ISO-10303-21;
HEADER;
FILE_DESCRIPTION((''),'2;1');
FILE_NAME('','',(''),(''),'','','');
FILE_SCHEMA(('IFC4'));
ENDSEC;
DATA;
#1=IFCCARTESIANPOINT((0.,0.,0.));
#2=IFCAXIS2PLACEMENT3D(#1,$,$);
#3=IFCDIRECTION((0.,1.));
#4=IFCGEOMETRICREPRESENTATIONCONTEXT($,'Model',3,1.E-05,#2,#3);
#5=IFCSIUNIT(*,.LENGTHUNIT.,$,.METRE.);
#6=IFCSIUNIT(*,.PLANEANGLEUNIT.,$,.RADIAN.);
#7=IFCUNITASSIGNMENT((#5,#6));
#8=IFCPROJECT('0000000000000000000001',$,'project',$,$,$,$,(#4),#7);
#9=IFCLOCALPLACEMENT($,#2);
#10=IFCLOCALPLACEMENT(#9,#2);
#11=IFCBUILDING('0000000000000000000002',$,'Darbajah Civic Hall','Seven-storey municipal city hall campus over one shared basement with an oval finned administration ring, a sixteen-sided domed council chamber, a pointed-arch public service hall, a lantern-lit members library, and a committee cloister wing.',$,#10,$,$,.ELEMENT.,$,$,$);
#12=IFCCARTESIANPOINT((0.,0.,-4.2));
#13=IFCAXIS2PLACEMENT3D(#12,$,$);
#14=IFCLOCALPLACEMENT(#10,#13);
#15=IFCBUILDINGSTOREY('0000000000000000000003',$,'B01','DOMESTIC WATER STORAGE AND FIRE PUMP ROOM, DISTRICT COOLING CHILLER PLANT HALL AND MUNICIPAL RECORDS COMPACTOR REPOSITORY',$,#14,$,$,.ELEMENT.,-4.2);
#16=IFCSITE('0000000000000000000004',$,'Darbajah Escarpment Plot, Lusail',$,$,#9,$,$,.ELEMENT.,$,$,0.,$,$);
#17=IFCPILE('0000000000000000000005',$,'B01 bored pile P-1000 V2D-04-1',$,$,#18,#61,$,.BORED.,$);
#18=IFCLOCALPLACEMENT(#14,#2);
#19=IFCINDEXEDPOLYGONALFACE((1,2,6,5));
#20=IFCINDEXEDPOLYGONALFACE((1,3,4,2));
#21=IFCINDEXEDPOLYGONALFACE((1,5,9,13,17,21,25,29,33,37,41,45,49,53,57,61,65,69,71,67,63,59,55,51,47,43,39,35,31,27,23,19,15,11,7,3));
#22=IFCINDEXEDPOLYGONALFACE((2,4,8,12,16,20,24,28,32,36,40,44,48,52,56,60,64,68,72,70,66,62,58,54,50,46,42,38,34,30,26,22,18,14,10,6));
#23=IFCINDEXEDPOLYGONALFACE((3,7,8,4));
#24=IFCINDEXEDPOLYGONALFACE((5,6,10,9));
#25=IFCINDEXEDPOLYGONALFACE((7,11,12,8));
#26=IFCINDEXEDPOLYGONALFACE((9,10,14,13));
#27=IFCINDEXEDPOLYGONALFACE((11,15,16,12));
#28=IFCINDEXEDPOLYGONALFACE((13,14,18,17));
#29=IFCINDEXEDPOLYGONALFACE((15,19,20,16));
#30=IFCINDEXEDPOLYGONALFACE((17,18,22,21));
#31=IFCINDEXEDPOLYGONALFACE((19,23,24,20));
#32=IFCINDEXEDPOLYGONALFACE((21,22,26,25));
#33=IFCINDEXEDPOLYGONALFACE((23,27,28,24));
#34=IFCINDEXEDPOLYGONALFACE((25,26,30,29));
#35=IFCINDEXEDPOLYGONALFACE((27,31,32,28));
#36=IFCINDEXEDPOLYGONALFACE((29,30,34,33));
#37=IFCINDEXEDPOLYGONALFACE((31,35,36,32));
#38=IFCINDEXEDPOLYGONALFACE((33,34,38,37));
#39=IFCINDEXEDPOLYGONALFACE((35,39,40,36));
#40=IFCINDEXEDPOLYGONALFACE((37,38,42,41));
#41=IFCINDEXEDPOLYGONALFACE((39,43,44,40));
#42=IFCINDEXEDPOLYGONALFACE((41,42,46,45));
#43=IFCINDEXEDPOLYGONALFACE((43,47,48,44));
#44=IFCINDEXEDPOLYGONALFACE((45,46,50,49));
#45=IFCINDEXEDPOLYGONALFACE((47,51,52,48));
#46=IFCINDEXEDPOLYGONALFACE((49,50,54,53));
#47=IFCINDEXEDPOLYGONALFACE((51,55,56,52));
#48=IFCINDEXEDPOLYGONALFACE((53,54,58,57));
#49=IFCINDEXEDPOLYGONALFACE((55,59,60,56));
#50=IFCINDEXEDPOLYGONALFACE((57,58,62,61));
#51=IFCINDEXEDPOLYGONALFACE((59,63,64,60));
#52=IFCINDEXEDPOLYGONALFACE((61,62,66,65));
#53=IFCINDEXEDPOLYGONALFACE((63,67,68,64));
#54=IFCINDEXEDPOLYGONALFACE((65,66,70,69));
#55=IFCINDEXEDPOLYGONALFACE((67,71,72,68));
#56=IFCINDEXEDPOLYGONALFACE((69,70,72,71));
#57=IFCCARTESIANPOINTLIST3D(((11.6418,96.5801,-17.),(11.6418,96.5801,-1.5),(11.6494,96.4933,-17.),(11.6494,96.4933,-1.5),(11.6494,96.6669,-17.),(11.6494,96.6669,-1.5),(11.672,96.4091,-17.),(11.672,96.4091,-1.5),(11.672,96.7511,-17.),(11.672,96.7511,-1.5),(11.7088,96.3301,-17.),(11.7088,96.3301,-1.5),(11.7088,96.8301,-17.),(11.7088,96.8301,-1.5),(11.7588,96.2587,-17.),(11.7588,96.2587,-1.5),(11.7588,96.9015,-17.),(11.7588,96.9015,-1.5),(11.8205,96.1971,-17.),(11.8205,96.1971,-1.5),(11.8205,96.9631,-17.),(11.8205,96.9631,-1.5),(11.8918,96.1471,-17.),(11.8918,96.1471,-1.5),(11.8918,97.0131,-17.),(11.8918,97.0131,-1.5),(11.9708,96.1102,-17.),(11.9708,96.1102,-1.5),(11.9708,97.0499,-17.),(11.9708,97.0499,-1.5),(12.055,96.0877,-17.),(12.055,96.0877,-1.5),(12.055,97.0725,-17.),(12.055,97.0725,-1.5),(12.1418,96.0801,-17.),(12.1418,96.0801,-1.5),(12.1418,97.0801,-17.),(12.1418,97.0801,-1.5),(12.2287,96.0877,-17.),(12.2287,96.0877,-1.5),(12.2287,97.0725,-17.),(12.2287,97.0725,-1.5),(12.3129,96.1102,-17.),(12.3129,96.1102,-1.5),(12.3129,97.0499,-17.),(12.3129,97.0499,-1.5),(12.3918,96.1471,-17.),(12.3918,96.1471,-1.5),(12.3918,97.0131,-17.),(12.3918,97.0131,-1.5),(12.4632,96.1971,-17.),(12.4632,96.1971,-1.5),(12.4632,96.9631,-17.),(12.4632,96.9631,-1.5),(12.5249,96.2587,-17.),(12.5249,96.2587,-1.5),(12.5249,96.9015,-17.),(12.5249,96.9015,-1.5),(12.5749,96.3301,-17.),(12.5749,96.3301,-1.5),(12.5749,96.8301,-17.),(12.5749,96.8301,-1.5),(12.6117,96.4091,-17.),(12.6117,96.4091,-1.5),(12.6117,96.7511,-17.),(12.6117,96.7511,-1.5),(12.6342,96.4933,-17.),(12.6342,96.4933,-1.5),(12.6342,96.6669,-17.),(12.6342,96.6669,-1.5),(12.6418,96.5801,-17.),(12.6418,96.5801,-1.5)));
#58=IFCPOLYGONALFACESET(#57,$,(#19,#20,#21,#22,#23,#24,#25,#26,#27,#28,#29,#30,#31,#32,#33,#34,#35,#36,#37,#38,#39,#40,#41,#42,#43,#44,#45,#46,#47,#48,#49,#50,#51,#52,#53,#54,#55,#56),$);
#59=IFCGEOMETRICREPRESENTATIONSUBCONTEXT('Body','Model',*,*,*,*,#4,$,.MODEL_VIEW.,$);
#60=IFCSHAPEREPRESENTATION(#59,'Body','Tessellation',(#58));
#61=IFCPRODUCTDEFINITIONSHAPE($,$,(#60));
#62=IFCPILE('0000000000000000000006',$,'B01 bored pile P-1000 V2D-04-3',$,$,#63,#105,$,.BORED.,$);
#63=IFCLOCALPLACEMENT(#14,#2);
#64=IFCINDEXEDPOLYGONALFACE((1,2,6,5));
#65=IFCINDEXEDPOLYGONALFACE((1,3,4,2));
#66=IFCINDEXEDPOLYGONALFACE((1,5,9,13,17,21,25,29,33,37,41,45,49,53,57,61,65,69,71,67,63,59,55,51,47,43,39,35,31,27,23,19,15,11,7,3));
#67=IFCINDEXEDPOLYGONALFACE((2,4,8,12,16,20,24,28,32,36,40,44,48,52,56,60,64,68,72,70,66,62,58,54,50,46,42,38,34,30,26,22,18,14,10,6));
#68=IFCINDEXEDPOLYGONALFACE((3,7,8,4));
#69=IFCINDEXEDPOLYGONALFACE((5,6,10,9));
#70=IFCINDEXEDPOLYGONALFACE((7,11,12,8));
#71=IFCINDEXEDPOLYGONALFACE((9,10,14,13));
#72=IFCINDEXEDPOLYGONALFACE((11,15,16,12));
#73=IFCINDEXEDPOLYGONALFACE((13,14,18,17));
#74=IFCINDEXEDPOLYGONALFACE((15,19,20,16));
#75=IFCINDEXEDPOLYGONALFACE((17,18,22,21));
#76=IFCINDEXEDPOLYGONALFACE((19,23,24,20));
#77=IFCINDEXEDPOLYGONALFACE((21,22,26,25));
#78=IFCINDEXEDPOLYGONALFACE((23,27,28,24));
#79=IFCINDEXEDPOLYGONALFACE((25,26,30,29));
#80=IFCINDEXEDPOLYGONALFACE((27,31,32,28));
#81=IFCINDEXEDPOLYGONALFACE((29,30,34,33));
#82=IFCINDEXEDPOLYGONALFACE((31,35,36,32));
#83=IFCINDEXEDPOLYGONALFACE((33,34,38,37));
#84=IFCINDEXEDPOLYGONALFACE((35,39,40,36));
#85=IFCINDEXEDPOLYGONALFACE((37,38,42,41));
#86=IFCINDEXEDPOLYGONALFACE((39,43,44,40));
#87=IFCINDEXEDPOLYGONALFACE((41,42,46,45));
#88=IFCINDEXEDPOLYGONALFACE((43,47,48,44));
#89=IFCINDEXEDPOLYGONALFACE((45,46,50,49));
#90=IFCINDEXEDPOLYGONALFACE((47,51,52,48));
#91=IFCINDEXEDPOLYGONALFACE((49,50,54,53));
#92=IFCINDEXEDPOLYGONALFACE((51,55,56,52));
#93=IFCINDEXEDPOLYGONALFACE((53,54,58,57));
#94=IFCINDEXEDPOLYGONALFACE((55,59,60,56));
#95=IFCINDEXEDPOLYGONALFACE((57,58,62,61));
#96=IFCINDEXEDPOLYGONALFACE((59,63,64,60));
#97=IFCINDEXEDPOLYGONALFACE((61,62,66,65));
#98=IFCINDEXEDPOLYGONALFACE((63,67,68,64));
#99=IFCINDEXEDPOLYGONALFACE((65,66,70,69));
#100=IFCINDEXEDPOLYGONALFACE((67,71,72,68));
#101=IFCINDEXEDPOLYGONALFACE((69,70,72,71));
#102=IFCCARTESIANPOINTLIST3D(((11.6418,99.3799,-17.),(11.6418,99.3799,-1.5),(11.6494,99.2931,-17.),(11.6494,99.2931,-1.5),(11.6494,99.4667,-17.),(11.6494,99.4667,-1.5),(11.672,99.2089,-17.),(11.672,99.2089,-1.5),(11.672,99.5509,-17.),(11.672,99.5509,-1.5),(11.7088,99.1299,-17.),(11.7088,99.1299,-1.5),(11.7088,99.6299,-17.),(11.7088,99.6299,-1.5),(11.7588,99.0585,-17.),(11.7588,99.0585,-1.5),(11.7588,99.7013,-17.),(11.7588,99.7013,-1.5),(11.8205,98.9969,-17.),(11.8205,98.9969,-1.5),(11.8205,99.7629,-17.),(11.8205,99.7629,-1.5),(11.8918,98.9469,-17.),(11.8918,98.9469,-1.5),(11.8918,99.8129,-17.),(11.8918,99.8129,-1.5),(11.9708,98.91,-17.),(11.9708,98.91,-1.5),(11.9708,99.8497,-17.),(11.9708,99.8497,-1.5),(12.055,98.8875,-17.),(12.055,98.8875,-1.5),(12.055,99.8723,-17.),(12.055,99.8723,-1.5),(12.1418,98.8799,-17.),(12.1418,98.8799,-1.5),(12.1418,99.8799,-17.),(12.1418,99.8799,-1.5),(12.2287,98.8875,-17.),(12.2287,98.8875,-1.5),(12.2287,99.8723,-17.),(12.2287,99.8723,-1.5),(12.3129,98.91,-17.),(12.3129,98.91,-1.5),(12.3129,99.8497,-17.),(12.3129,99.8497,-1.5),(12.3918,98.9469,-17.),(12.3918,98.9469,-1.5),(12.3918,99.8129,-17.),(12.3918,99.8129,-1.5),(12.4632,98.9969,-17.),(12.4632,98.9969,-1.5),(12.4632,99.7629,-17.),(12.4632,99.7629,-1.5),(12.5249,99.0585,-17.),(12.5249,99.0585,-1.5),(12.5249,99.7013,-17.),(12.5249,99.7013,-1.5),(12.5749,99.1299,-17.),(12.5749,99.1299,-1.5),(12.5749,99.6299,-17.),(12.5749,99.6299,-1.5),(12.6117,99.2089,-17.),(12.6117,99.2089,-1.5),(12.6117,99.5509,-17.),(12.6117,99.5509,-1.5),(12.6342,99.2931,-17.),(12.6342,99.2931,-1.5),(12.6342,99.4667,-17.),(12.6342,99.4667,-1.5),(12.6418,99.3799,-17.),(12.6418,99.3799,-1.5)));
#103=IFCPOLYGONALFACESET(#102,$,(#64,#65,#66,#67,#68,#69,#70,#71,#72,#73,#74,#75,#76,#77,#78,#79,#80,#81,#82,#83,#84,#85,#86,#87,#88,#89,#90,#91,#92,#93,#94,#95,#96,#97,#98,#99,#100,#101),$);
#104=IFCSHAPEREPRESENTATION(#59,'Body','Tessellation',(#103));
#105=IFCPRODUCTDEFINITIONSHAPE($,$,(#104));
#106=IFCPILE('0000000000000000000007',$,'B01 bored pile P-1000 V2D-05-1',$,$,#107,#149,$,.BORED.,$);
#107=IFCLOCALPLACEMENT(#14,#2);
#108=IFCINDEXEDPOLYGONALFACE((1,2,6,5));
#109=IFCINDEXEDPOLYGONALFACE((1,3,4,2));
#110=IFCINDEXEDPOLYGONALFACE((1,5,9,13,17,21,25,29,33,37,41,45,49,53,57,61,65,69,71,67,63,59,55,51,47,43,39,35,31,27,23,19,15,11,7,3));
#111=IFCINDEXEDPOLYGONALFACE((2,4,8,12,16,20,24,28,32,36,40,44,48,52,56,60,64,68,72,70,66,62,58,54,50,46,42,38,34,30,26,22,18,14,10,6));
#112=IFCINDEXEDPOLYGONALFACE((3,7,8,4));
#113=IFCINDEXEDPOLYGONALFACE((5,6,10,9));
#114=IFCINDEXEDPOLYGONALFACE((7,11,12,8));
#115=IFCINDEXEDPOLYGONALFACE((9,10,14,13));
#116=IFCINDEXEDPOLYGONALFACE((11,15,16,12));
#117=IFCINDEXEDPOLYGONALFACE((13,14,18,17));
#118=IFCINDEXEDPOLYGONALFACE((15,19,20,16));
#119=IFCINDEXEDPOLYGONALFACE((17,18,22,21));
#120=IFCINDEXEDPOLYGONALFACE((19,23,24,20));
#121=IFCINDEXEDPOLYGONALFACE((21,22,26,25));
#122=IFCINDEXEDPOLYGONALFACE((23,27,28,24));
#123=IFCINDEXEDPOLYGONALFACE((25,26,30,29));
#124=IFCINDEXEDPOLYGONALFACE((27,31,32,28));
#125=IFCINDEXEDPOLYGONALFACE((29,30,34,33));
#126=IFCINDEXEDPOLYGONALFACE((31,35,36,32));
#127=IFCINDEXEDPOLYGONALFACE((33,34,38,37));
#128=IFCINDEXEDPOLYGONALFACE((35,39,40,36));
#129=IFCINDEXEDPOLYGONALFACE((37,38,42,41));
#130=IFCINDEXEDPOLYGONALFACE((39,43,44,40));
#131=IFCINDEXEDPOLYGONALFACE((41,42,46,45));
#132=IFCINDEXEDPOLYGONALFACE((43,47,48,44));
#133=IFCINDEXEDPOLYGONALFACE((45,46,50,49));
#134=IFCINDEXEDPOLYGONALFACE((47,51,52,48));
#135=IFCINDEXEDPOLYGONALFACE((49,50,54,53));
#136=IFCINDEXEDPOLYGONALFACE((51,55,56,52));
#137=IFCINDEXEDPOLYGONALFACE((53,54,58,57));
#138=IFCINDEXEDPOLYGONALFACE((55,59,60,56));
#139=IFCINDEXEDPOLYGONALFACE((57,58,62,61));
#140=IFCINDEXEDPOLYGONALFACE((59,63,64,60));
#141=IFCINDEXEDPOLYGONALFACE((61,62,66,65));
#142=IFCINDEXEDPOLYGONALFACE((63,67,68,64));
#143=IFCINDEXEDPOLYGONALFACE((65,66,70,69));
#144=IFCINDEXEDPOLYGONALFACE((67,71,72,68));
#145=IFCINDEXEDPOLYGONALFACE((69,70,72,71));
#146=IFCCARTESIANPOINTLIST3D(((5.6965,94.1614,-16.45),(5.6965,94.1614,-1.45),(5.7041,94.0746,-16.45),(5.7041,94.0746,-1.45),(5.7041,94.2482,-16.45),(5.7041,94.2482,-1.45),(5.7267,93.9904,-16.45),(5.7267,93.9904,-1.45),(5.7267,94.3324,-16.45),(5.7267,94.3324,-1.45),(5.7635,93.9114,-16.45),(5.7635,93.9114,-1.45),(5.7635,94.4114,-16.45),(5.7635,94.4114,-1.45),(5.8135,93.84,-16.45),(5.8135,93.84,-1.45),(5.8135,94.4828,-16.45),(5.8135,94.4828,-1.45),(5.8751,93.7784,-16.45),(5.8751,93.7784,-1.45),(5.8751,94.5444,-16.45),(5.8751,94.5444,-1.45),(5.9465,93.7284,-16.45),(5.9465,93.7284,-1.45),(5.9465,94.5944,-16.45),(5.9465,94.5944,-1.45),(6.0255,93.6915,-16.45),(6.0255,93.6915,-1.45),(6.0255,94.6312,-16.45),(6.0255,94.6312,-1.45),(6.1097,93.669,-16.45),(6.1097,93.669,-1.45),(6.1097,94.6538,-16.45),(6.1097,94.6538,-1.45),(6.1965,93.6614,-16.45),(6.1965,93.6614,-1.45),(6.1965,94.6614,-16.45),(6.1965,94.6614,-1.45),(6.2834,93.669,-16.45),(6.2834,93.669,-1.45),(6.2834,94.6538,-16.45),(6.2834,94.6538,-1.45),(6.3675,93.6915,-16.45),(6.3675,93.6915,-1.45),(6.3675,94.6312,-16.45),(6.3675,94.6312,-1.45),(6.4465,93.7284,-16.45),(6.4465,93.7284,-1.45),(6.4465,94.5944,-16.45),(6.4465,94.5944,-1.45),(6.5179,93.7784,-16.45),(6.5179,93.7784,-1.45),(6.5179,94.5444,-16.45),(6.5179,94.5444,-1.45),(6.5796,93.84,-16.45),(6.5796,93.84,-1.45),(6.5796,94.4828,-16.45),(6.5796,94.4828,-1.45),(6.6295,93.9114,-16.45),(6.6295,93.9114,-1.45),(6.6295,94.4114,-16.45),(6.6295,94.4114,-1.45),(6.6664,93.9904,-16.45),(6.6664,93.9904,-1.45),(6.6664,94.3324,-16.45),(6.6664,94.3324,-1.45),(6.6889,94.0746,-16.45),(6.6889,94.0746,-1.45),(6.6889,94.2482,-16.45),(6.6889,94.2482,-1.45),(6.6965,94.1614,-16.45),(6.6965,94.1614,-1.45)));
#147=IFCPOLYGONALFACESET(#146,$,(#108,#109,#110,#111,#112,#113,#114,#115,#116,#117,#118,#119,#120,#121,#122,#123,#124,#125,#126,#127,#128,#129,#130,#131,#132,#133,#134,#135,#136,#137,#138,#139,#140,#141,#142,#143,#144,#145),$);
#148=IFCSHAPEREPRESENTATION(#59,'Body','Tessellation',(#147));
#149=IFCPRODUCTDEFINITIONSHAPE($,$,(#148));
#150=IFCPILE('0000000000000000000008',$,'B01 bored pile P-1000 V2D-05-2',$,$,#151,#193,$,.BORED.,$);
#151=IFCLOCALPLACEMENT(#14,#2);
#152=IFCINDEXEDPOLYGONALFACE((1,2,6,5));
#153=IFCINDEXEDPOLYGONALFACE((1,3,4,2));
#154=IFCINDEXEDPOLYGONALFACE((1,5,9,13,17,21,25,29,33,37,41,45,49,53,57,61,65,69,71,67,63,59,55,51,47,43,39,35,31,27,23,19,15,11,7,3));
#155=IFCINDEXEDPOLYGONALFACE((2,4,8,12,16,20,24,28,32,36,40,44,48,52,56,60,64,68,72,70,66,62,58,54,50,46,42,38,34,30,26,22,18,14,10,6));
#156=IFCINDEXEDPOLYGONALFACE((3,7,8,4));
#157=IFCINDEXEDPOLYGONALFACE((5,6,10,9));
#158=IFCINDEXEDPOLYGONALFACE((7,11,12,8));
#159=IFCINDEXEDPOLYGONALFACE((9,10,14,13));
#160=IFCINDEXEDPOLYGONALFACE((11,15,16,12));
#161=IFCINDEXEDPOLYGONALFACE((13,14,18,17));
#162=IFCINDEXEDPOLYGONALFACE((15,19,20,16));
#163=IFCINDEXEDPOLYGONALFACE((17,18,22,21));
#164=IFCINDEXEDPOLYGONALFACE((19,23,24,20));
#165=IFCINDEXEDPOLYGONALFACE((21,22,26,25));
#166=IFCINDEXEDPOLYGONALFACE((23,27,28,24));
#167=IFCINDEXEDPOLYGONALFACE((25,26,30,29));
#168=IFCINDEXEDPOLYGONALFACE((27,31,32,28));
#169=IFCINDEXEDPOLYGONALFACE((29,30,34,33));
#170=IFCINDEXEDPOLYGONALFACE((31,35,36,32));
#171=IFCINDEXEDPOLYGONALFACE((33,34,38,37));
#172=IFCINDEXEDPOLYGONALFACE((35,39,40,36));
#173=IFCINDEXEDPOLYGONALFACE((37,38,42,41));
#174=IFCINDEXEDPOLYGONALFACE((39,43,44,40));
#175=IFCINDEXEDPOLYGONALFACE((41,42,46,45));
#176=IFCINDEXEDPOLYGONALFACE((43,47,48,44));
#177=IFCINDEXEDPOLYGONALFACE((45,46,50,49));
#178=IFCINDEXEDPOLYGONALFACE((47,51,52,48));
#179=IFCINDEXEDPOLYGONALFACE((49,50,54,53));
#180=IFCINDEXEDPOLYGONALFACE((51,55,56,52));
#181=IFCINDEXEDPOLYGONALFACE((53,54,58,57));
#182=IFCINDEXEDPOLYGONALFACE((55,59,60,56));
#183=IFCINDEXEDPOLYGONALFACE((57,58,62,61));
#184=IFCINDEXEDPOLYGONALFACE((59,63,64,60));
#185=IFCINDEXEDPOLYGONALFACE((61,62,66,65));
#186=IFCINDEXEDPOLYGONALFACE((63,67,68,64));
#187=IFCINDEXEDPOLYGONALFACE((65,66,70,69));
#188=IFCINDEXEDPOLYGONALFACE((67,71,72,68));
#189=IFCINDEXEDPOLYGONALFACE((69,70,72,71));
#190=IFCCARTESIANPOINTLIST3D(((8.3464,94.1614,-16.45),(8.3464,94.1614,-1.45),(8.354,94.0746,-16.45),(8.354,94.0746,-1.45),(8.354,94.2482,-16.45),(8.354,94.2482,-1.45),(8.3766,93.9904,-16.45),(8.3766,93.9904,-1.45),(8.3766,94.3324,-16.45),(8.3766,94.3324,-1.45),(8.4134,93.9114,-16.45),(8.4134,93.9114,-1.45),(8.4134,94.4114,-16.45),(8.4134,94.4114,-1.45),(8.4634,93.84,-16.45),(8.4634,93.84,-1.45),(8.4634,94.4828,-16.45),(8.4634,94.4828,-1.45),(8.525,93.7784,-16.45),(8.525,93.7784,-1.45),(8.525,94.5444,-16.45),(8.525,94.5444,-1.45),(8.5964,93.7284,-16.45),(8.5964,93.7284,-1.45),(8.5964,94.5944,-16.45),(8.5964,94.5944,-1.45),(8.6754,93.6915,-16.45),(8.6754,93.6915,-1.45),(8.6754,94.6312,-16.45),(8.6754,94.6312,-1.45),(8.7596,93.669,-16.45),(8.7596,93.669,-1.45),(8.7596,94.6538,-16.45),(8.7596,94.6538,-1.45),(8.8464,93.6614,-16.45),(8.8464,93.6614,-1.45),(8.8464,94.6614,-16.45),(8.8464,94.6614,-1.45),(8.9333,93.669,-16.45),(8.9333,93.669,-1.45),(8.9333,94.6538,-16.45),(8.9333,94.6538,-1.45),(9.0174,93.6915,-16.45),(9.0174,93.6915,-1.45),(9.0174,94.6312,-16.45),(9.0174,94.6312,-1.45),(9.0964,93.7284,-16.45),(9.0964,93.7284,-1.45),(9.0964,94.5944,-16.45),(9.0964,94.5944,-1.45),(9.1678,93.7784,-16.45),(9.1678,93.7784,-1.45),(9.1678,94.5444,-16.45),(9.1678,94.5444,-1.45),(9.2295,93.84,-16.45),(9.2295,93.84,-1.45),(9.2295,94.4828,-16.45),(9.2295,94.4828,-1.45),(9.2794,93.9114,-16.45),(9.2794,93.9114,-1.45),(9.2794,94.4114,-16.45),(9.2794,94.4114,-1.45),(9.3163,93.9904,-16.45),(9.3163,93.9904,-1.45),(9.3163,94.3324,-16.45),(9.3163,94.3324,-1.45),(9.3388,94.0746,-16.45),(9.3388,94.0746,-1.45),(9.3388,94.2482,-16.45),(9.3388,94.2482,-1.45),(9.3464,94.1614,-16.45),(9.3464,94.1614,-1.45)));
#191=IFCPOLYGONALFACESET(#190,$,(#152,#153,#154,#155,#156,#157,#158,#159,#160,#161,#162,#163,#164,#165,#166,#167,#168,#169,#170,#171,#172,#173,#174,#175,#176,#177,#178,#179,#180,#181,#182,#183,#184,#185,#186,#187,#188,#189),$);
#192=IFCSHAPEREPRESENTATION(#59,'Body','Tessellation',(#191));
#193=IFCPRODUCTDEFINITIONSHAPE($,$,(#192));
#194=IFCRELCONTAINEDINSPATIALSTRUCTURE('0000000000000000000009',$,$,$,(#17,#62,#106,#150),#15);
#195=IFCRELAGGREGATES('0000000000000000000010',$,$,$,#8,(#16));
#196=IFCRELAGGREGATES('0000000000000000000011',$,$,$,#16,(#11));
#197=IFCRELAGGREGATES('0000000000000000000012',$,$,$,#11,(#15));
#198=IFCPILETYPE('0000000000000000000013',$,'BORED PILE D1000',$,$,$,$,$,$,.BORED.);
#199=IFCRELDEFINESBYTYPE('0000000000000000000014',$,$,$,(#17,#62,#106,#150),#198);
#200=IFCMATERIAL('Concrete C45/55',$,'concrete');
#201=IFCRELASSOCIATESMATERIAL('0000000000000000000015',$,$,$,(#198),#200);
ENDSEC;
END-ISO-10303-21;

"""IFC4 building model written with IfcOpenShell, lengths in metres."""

from ifc_helpers import new_model, si_unit, direction, frame, origin, origin_2d, place, context, subcontext, project, spatial, circle, extrude, material, material_profile, profile_set, type_object, element, save


model = new_model("IFC4")

# Units and contexts
model_context = context("Model", 3, precision=1e-05, world=origin(), true_north=direction((0.0, 1.0)))
body_context = subcontext(model_context, "Body", "Model", "MODEL_VIEW")
ifc_project = project(units=[si_unit("LENGTHUNIT", "METRE"), si_unit("PLANEANGLEUNIT", "RADIAN")], contexts=[model_context])

# Site, building, storey
site_placement = place(None, origin())
site = spatial("IfcSite", under=ifc_project, at=site_placement, Name="Darbajah Escarpment Plot, Lusail", CompositionType="ELEMENT", RefElevation=0.0)
building_placement = place(site_placement, origin())
building = spatial("IfcBuilding", under=site, at=building_placement, Name="Darbajah Civic Hall", Description="Seven-storey municipal city hall campus over one shared basement with an oval finned administration ring, a sixteen-sided domed council chamber, a pointed-arch public service hall, a lantern-lit members library, and a committee cloister wing.", CompositionType="ELEMENT")
storey_placement = place(building_placement, frame((0.0, 0.0, -4.2)))
storey = spatial("IfcBuildingStorey", under=building, at=storey_placement, Name="B01", Description="DOMESTIC WATER STORAGE AND FIRE PUMP ROOM, DISTRICT COOLING CHILLER PLANT HALL AND MUNICIPAL RECORDS COMPACTOR REPOSITORY", CompositionType="ELEMENT", Elevation=-4.2)

# Piles
ifc_material_1 = material(Name="Concrete C45/55", Category="concrete")
ifc_material_profile_1 = material_profile(ifc_material_1, circle(Radius=0.5, at=origin_2d()), Name="BORED PILE D1000")
ifc_profile_set_1 = profile_set([ifc_material_profile_1], Name="Concrete C45/55")
pile_type = type_object("IfcPileType", Name="BORED PILE D1000", PredefinedType="BORED", material=ifc_profile_set_1)
for number, where, z_axis, x_axis, name in (
    (1, (12.1418, 96.5801, -1.5), (0.0, 0.0, -1.0), (1.0, 0.0, 0.0), "B01 bored pile P-1000 V2D-04-1"),
    (2, (12.1418, 99.3799, -1.5), (0.0, 0.0, -1.0), (1.0, 0.0, 0.0), "B01 bored pile P-1000 V2D-04-3"),
):
    element("IfcPile", number, at=place(storey_placement, frame(where, z_axis=z_axis, x_axis=x_axis)), inside=storey, type_object=pile_type, Name=name, PredefinedType="BORED", context=body_context, shape_type="SweptSolid", body=[
        extrude(circle(Radius=0.5, at=origin_2d()), origin(), (0.0, 0.0, 1.0), 15.5),
    ])
for number, where, z_axis, x_axis, name in (
    (3, (6.1965, 94.1614, -1.45), (0.0, 0.0, -1.0), (1.0, 0.0, 0.0), "B01 bored pile P-1000 V2D-05-1"),
    (4, (8.8464, 94.1614, -1.45), (0.0, 0.0, -1.0), (1.0, 0.0, 0.0), "B01 bored pile P-1000 V2D-05-2"),
):
    element("IfcPile", number, at=place(storey_placement, frame(where, z_axis=z_axis, x_axis=x_axis)), inside=storey, type_object=pile_type, Name=name, PredefinedType="BORED", context=body_context, shape_type="SweptSolid", body=[
        extrude(circle(Radius=0.5, at=origin_2d()), origin(), (0.0, 0.0, 1.0), 15.0),
    ])

save(model, "model.ifc")
